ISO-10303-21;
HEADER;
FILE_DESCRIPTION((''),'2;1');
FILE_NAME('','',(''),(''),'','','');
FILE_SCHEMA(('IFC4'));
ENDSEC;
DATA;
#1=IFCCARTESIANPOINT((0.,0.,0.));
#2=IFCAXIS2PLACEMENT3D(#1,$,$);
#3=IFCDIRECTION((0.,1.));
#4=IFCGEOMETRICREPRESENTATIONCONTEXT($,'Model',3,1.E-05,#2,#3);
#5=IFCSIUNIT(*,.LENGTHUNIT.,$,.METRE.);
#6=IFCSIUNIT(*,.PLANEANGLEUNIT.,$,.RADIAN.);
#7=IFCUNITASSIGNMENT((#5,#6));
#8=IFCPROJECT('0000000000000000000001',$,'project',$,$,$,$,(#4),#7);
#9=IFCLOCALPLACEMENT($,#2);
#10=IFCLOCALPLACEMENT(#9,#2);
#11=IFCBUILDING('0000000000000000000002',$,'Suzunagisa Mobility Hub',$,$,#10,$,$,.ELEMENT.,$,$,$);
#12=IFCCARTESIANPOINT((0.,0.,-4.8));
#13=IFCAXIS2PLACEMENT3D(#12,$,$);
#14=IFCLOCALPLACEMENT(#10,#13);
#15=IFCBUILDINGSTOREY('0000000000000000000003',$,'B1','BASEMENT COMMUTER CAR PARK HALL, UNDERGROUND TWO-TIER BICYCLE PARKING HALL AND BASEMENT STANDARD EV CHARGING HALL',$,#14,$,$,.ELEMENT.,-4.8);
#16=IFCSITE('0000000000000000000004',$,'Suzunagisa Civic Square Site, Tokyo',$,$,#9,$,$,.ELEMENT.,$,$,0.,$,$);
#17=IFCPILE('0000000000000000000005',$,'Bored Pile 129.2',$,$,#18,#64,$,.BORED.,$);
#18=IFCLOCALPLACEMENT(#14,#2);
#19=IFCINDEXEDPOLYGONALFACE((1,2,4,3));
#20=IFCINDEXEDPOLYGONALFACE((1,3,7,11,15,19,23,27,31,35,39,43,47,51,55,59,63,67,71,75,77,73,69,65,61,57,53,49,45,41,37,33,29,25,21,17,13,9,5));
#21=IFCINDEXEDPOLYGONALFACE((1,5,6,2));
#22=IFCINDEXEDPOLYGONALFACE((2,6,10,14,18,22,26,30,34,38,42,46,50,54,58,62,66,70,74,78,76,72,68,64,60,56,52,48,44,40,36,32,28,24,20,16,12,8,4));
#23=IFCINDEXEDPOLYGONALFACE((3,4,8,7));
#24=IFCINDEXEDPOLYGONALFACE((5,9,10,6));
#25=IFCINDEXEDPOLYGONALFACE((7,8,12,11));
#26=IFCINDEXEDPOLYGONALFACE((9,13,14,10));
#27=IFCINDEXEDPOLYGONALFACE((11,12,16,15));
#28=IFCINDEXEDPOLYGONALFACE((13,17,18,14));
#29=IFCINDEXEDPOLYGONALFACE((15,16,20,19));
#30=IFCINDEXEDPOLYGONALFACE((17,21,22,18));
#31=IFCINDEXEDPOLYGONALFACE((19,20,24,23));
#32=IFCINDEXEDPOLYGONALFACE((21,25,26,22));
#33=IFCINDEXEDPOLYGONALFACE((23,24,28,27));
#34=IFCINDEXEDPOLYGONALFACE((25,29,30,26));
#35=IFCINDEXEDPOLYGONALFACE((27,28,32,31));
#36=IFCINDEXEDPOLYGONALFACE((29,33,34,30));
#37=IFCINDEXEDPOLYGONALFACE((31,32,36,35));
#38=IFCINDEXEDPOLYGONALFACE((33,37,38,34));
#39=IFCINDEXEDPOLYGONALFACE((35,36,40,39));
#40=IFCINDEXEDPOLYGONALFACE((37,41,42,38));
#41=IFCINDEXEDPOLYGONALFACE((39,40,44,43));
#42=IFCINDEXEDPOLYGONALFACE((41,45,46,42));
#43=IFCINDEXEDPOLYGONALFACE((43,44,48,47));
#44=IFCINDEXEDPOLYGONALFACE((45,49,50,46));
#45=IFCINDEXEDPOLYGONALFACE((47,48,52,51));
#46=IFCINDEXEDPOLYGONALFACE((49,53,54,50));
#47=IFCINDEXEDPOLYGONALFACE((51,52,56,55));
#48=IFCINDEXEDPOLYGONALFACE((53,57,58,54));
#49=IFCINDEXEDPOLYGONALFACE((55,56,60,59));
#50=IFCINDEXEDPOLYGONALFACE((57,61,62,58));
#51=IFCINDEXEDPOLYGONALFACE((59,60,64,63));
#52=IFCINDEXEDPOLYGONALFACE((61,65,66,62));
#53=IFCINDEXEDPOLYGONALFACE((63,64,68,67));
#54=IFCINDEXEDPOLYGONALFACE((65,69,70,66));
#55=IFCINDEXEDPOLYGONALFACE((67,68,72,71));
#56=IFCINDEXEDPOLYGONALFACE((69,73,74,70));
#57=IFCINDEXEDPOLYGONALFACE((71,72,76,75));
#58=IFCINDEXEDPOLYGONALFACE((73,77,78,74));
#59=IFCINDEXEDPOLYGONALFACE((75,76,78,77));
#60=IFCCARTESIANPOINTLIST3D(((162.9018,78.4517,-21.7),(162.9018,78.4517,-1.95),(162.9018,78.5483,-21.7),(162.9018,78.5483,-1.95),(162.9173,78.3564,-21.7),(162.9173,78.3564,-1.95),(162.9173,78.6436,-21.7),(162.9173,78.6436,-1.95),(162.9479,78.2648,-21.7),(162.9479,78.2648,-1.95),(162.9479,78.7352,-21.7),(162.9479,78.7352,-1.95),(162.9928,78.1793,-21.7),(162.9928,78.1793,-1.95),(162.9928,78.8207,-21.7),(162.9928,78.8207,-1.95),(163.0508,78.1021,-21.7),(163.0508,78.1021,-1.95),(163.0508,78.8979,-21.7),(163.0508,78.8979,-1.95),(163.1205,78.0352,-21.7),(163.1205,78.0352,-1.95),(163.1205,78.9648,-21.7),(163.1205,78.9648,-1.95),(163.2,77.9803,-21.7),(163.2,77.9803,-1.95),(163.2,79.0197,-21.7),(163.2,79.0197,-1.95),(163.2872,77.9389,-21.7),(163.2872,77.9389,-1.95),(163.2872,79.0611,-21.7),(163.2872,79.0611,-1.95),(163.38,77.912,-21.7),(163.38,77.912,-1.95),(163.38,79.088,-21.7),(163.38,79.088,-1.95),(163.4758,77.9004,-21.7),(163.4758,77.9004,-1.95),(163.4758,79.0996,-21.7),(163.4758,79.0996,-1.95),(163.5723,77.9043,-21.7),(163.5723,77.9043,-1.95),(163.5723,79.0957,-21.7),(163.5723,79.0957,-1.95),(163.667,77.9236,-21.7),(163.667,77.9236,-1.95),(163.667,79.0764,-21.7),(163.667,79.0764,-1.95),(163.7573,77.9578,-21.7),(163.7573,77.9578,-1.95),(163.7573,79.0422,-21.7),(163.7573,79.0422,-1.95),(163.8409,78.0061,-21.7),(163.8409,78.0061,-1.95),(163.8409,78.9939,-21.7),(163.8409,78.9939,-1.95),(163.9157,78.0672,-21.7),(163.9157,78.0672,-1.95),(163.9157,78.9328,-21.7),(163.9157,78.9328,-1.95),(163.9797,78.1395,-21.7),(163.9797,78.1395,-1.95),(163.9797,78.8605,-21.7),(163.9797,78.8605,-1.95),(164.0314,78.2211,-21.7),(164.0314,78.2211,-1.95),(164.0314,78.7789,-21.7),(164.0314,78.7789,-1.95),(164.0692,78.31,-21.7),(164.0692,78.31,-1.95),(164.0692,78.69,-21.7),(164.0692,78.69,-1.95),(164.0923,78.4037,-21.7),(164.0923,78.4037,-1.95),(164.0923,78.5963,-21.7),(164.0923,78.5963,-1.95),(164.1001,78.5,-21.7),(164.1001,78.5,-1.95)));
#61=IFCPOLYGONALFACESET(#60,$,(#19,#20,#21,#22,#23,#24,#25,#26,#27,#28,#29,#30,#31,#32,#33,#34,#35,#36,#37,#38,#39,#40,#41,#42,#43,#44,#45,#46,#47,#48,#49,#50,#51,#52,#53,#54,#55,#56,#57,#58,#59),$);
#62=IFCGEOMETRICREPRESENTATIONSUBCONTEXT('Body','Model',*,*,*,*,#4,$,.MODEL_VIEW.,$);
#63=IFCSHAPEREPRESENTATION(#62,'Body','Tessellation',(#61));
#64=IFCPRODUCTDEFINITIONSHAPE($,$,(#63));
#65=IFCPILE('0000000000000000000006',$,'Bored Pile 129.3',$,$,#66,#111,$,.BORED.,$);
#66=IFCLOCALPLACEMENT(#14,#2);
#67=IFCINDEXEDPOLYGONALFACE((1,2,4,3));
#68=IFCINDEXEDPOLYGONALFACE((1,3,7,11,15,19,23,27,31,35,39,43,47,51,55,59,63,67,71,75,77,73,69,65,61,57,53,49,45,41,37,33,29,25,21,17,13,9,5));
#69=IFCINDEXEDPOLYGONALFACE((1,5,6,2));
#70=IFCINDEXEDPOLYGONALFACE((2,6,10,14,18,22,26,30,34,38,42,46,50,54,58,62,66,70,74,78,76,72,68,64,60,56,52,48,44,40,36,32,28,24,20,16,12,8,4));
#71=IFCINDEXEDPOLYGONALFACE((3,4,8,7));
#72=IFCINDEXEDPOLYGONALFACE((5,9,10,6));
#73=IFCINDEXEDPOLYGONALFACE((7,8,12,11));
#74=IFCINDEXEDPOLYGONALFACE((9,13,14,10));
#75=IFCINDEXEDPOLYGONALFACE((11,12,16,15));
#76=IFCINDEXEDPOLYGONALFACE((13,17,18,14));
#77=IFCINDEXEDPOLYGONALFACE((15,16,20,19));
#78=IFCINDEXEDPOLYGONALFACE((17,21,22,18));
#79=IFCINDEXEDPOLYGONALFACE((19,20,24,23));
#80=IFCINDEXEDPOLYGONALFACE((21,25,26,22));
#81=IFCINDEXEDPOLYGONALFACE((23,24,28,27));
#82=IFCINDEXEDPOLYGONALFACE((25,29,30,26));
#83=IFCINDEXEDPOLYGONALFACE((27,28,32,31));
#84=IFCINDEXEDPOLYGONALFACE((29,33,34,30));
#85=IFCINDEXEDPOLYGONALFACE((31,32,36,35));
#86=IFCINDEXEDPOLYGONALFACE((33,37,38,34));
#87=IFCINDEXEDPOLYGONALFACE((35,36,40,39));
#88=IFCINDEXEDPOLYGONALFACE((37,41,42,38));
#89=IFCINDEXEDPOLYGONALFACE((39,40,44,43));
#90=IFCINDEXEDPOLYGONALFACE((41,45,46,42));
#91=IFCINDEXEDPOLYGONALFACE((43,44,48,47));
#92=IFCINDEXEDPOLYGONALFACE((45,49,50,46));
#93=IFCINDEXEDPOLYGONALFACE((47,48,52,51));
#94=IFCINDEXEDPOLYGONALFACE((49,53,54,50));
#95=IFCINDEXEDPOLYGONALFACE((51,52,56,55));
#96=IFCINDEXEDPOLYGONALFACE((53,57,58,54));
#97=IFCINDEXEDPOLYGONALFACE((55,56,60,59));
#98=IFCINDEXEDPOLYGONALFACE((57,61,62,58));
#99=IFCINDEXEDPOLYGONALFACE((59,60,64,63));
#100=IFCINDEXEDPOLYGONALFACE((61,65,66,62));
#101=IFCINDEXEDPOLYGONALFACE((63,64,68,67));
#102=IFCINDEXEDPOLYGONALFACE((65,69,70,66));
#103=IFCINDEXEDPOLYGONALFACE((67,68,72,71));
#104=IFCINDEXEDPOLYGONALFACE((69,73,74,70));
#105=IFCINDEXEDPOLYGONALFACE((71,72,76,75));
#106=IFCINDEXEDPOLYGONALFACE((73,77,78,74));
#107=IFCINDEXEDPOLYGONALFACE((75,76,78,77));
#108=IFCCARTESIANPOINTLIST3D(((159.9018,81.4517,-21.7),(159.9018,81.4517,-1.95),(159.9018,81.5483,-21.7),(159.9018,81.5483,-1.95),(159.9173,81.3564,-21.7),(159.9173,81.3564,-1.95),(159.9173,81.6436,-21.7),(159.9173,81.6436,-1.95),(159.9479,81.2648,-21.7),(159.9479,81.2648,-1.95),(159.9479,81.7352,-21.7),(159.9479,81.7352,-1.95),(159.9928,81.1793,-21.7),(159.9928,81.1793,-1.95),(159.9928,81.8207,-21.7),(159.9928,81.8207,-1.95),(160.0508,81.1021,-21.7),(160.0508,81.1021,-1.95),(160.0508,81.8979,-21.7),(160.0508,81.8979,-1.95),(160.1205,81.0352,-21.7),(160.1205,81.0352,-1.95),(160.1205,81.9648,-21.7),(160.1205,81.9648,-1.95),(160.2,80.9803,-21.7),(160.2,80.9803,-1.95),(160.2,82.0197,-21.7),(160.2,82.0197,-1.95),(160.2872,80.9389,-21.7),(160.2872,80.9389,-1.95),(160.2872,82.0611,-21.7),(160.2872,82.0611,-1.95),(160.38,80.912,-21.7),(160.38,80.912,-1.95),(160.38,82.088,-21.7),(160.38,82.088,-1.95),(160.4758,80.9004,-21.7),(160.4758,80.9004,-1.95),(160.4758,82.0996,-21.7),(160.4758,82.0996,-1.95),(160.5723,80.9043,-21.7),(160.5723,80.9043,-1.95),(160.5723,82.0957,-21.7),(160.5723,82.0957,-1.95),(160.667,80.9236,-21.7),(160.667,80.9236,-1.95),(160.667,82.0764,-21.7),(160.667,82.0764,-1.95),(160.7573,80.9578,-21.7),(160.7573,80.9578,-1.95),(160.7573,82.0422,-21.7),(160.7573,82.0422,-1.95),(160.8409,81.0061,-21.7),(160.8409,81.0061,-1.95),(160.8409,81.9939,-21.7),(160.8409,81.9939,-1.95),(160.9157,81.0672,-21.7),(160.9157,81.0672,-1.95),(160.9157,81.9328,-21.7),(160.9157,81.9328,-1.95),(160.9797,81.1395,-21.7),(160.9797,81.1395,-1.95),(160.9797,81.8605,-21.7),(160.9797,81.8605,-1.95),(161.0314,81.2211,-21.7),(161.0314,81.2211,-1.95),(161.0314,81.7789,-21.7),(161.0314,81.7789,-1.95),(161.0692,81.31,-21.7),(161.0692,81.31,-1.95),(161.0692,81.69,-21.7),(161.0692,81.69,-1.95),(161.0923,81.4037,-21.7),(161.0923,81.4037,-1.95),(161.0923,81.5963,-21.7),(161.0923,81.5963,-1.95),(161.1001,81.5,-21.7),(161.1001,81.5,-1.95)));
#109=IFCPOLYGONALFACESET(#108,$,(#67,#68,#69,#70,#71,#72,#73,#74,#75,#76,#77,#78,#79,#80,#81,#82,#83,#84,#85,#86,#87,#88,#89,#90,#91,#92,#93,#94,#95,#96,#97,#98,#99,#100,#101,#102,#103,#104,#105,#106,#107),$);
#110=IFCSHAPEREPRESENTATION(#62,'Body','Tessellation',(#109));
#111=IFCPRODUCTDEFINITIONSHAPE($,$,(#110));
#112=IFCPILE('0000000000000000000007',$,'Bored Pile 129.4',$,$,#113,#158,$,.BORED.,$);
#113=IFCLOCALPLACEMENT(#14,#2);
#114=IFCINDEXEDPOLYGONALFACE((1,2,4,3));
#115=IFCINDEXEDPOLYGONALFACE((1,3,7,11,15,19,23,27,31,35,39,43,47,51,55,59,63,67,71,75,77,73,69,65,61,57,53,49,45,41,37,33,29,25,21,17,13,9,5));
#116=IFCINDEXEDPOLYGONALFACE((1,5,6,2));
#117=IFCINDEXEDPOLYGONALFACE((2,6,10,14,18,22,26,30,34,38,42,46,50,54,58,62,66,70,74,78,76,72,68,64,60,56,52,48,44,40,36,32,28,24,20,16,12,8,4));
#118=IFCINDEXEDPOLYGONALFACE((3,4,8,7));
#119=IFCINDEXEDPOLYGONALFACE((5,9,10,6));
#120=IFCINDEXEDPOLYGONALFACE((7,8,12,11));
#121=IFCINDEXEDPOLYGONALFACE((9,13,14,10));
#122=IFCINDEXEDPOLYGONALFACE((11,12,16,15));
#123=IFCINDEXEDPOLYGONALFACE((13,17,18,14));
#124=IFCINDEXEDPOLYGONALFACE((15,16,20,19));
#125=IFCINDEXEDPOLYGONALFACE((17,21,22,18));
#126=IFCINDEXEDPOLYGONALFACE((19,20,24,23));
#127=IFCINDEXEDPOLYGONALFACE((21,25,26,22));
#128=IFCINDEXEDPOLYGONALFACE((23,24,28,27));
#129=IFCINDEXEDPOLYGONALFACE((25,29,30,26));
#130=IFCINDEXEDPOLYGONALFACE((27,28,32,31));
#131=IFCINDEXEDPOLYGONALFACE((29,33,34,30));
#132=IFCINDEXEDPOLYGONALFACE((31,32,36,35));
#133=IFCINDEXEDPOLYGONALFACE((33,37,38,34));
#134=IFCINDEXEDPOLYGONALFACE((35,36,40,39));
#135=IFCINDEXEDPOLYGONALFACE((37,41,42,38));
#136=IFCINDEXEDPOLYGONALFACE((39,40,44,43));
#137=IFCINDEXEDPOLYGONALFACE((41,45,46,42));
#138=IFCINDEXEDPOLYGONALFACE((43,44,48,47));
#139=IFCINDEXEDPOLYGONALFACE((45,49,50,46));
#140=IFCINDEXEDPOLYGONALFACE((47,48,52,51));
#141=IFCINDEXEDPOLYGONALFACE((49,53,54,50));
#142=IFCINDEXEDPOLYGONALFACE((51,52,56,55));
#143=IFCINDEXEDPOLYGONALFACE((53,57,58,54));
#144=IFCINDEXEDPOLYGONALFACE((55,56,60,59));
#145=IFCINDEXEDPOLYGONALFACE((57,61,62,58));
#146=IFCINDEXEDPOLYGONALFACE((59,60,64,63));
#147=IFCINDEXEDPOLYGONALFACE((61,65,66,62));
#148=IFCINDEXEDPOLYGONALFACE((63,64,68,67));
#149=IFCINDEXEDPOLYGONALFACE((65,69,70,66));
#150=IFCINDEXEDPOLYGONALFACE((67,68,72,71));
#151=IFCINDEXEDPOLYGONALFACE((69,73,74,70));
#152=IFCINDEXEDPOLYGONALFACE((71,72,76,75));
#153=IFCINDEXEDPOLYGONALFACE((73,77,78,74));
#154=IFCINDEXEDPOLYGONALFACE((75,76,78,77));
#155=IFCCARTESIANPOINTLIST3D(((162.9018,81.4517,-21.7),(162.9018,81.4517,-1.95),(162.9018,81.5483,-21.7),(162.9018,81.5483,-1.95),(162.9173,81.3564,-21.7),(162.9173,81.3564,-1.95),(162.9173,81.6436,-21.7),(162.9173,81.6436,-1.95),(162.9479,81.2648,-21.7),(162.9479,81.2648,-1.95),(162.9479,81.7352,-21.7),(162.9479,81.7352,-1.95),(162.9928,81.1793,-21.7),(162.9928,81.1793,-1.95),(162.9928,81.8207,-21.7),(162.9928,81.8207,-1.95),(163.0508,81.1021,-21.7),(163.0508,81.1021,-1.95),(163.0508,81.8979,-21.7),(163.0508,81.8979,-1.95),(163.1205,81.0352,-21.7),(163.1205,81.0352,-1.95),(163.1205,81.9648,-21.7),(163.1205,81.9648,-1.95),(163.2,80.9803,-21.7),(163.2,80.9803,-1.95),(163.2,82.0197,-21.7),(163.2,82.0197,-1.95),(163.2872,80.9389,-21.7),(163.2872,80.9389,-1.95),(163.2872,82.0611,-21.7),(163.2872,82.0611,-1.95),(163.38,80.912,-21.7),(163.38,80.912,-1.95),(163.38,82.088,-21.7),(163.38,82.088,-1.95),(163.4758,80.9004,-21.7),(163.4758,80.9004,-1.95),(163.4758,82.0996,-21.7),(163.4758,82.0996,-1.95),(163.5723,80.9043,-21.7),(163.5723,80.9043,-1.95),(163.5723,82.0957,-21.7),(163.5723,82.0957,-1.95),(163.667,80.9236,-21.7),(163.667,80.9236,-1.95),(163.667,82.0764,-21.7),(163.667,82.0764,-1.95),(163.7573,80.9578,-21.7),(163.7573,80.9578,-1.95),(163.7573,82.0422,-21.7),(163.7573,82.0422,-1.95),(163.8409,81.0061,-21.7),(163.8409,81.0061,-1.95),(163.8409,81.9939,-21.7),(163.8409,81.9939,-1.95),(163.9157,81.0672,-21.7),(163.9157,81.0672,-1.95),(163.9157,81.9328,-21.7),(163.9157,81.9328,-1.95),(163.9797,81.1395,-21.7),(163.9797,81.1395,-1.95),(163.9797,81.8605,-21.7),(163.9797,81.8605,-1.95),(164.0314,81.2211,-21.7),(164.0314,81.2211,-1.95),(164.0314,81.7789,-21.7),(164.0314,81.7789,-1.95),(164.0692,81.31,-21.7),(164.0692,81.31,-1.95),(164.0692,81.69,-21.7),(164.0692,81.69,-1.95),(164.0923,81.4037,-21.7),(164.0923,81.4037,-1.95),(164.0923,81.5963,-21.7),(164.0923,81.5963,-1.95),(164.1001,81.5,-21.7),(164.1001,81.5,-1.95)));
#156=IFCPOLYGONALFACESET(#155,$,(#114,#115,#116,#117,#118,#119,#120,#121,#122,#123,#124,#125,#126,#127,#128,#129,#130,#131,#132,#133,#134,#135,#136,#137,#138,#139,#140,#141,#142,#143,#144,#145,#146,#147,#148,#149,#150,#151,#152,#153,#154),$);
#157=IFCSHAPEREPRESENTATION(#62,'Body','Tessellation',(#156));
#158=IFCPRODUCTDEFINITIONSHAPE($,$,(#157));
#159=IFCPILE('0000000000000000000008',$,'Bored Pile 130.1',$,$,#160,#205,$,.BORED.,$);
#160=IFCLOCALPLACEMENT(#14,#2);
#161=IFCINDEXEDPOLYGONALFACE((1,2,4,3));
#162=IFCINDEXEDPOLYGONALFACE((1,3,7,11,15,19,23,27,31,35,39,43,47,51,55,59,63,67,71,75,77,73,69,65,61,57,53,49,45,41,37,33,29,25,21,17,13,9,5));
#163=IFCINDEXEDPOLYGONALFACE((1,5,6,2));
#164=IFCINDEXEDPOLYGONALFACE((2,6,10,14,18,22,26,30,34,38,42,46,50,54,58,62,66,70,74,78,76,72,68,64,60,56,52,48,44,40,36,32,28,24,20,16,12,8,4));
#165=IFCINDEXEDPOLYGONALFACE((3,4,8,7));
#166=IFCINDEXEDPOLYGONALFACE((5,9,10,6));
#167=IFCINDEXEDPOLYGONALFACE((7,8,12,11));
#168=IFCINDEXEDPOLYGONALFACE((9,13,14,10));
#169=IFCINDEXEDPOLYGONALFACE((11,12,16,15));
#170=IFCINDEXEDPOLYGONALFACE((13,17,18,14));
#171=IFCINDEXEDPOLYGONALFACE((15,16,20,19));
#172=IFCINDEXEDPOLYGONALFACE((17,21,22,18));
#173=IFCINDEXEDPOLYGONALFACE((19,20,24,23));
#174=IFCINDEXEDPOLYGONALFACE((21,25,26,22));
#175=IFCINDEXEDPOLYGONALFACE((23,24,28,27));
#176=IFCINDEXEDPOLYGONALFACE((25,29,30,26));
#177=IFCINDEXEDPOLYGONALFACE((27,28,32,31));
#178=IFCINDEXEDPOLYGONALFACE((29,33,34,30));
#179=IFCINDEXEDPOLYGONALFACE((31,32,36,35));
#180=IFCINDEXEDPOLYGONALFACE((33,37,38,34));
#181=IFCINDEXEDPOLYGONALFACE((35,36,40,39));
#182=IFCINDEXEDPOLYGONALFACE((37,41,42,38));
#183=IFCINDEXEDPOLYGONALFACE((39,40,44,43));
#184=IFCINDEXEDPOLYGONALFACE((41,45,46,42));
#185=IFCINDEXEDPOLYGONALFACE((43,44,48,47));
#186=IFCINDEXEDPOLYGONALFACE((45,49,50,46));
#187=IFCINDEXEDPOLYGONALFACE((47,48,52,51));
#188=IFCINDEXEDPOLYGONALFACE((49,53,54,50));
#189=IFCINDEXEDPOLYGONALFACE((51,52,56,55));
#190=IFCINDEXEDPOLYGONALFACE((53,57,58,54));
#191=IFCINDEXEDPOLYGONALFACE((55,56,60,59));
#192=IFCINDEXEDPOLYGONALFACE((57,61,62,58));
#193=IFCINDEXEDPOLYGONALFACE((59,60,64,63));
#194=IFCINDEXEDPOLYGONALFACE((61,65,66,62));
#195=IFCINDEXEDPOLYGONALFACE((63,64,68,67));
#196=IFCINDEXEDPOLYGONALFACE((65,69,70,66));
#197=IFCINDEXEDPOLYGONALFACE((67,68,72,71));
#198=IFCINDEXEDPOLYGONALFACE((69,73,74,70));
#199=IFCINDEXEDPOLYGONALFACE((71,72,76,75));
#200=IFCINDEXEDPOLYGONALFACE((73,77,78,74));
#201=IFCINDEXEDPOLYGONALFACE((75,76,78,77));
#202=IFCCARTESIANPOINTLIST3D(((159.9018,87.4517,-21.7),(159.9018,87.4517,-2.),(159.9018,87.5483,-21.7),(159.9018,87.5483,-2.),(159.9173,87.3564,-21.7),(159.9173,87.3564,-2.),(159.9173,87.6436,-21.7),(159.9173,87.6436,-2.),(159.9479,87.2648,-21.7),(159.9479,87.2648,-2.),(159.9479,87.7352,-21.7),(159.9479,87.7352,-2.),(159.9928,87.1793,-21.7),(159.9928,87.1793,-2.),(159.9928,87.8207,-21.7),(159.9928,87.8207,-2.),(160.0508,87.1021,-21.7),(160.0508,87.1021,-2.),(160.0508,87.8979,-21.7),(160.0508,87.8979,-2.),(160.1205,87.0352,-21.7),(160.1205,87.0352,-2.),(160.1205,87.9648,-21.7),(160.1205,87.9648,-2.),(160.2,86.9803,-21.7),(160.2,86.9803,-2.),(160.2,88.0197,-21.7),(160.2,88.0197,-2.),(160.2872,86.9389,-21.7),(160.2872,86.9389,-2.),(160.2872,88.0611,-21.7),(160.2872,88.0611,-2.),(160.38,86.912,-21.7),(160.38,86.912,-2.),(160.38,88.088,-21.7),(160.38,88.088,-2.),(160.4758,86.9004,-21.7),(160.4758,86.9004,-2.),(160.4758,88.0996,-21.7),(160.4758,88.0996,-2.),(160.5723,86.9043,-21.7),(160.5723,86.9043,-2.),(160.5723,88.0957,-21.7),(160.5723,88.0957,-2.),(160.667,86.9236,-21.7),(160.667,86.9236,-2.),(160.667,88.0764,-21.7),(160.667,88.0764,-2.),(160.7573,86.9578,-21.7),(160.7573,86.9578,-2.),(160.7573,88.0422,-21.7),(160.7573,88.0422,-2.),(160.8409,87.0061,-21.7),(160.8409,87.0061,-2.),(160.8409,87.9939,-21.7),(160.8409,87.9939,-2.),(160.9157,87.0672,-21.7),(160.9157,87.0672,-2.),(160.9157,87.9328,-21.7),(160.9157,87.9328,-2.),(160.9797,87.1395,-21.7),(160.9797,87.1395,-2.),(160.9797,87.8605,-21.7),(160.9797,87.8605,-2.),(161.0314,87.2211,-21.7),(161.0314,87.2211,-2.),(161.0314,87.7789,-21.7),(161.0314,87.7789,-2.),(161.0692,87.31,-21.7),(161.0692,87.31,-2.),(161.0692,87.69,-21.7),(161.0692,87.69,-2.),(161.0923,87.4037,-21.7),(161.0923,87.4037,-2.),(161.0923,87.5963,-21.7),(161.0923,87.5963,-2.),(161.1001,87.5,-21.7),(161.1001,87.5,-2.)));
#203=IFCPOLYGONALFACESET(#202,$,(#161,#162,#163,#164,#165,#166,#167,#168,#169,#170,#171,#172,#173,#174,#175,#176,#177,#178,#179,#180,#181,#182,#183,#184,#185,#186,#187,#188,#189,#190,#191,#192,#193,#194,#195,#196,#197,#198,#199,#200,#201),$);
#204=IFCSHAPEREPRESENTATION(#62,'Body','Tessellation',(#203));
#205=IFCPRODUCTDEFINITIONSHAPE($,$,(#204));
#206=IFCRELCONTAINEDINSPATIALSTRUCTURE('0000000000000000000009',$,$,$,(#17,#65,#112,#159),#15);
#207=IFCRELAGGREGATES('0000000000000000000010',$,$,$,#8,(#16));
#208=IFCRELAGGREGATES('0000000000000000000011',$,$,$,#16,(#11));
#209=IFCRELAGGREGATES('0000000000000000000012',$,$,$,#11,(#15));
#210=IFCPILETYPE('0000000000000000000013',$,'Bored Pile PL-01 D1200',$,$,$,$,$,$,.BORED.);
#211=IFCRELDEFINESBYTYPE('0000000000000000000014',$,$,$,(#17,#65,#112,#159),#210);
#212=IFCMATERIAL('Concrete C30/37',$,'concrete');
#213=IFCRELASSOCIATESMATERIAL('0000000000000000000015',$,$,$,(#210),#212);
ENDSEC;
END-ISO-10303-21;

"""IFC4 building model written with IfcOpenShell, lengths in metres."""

from ifc_helpers import new_model, si_unit, direction, frame, origin, origin_2d, place, context, subcontext, project, spatial, circle, extrude, material, material_profile, profile_set, type_object, element, save


model = new_model("IFC4")

# Units and contexts
model_context = context("Model", 3, precision=1e-05, world=origin(), true_north=direction((0.0, 1.0)))
body_context = subcontext(model_context, "Body", "Model", "MODEL_VIEW")
ifc_project = project(units=[si_unit("LENGTHUNIT", "METRE"), si_unit("PLANEANGLEUNIT", "RADIAN")], contexts=[model_context])

# Site, building, storey
site_placement = place(None, origin())
site = spatial("IfcSite", under=ifc_project, at=site_placement, Name="Suzunagisa Civic Square Site, Tokyo", CompositionType="ELEMENT", RefElevation=0.0)
building_placement = place(site_placement, origin())
building = spatial("IfcBuilding", under=site, at=building_placement, Name="Suzunagisa Mobility Hub", CompositionType="ELEMENT")
storey_placement = place(building_placement, frame((0.0, 0.0, -4.8)))
storey = spatial("IfcBuildingStorey", under=building, at=storey_placement, Name="B1", Description="BASEMENT COMMUTER CAR PARK HALL, UNDERGROUND TWO-TIER BICYCLE PARKING HALL AND BASEMENT STANDARD EV CHARGING HALL", CompositionType="ELEMENT", Elevation=-4.8)

# Piles
ifc_material_1 = material(Name="Concrete C30/37", Category="concrete")
ifc_material_profile_1 = material_profile(ifc_material_1, circle(Radius=0.6001, at=origin_2d()), Name="BORED PILE D1200")
ifc_profile_set_1 = profile_set([ifc_material_profile_1], Name="Concrete C30/37")
pile_type = type_object("IfcPileType", Name="Bored Pile PL-01 D1200", PredefinedType="BORED", material=ifc_profile_set_1)
for number, where, z_axis, x_axis, name in (
    (1, (163.5, 78.5, -1.95), (0.0, 0.0, -1.0), (1.0, 0.0, 0.0), "Bored Pile 129.2"),
    (2, (160.5, 81.5, -1.95), (0.0, 0.0, -1.0), (1.0, 0.0, 0.0), "Bored Pile 129.3"),
    (3, (163.5, 81.5, -1.95), (0.0, 0.0, -1.0), (1.0, 0.0, 0.0), "Bored Pile 129.4"),
):
    element("IfcPile", number, at=place(storey_placement, frame(where, z_axis=z_axis, x_axis=x_axis)), inside=storey, type_object=pile_type, Name=name, PredefinedType="BORED", context=body_context, shape_type="SweptSolid", body=[
        extrude(circle(Radius=0.6001, at=origin_2d()), origin(), (0.0, 0.0, 1.0), 19.75),
    ])
for number, where, z_axis, x_axis, name in (
    (4, (160.5, 87.5, -2.0), (0.0, 0.0, -1.0), (1.0, 0.0, 0.0), "Bored Pile 130.1"),
):
    element("IfcPile", number, at=place(storey_placement, frame(where, z_axis=z_axis, x_axis=x_axis)), inside=storey, type_object=pile_type, Name=name, PredefinedType="BORED", context=body_context, shape_type="SweptSolid", body=[
        extrude(circle(Radius=0.6001, at=origin_2d()), origin(), (0.0, 0.0, 1.0), 19.7),
    ])

save(model, "model.ifc")
